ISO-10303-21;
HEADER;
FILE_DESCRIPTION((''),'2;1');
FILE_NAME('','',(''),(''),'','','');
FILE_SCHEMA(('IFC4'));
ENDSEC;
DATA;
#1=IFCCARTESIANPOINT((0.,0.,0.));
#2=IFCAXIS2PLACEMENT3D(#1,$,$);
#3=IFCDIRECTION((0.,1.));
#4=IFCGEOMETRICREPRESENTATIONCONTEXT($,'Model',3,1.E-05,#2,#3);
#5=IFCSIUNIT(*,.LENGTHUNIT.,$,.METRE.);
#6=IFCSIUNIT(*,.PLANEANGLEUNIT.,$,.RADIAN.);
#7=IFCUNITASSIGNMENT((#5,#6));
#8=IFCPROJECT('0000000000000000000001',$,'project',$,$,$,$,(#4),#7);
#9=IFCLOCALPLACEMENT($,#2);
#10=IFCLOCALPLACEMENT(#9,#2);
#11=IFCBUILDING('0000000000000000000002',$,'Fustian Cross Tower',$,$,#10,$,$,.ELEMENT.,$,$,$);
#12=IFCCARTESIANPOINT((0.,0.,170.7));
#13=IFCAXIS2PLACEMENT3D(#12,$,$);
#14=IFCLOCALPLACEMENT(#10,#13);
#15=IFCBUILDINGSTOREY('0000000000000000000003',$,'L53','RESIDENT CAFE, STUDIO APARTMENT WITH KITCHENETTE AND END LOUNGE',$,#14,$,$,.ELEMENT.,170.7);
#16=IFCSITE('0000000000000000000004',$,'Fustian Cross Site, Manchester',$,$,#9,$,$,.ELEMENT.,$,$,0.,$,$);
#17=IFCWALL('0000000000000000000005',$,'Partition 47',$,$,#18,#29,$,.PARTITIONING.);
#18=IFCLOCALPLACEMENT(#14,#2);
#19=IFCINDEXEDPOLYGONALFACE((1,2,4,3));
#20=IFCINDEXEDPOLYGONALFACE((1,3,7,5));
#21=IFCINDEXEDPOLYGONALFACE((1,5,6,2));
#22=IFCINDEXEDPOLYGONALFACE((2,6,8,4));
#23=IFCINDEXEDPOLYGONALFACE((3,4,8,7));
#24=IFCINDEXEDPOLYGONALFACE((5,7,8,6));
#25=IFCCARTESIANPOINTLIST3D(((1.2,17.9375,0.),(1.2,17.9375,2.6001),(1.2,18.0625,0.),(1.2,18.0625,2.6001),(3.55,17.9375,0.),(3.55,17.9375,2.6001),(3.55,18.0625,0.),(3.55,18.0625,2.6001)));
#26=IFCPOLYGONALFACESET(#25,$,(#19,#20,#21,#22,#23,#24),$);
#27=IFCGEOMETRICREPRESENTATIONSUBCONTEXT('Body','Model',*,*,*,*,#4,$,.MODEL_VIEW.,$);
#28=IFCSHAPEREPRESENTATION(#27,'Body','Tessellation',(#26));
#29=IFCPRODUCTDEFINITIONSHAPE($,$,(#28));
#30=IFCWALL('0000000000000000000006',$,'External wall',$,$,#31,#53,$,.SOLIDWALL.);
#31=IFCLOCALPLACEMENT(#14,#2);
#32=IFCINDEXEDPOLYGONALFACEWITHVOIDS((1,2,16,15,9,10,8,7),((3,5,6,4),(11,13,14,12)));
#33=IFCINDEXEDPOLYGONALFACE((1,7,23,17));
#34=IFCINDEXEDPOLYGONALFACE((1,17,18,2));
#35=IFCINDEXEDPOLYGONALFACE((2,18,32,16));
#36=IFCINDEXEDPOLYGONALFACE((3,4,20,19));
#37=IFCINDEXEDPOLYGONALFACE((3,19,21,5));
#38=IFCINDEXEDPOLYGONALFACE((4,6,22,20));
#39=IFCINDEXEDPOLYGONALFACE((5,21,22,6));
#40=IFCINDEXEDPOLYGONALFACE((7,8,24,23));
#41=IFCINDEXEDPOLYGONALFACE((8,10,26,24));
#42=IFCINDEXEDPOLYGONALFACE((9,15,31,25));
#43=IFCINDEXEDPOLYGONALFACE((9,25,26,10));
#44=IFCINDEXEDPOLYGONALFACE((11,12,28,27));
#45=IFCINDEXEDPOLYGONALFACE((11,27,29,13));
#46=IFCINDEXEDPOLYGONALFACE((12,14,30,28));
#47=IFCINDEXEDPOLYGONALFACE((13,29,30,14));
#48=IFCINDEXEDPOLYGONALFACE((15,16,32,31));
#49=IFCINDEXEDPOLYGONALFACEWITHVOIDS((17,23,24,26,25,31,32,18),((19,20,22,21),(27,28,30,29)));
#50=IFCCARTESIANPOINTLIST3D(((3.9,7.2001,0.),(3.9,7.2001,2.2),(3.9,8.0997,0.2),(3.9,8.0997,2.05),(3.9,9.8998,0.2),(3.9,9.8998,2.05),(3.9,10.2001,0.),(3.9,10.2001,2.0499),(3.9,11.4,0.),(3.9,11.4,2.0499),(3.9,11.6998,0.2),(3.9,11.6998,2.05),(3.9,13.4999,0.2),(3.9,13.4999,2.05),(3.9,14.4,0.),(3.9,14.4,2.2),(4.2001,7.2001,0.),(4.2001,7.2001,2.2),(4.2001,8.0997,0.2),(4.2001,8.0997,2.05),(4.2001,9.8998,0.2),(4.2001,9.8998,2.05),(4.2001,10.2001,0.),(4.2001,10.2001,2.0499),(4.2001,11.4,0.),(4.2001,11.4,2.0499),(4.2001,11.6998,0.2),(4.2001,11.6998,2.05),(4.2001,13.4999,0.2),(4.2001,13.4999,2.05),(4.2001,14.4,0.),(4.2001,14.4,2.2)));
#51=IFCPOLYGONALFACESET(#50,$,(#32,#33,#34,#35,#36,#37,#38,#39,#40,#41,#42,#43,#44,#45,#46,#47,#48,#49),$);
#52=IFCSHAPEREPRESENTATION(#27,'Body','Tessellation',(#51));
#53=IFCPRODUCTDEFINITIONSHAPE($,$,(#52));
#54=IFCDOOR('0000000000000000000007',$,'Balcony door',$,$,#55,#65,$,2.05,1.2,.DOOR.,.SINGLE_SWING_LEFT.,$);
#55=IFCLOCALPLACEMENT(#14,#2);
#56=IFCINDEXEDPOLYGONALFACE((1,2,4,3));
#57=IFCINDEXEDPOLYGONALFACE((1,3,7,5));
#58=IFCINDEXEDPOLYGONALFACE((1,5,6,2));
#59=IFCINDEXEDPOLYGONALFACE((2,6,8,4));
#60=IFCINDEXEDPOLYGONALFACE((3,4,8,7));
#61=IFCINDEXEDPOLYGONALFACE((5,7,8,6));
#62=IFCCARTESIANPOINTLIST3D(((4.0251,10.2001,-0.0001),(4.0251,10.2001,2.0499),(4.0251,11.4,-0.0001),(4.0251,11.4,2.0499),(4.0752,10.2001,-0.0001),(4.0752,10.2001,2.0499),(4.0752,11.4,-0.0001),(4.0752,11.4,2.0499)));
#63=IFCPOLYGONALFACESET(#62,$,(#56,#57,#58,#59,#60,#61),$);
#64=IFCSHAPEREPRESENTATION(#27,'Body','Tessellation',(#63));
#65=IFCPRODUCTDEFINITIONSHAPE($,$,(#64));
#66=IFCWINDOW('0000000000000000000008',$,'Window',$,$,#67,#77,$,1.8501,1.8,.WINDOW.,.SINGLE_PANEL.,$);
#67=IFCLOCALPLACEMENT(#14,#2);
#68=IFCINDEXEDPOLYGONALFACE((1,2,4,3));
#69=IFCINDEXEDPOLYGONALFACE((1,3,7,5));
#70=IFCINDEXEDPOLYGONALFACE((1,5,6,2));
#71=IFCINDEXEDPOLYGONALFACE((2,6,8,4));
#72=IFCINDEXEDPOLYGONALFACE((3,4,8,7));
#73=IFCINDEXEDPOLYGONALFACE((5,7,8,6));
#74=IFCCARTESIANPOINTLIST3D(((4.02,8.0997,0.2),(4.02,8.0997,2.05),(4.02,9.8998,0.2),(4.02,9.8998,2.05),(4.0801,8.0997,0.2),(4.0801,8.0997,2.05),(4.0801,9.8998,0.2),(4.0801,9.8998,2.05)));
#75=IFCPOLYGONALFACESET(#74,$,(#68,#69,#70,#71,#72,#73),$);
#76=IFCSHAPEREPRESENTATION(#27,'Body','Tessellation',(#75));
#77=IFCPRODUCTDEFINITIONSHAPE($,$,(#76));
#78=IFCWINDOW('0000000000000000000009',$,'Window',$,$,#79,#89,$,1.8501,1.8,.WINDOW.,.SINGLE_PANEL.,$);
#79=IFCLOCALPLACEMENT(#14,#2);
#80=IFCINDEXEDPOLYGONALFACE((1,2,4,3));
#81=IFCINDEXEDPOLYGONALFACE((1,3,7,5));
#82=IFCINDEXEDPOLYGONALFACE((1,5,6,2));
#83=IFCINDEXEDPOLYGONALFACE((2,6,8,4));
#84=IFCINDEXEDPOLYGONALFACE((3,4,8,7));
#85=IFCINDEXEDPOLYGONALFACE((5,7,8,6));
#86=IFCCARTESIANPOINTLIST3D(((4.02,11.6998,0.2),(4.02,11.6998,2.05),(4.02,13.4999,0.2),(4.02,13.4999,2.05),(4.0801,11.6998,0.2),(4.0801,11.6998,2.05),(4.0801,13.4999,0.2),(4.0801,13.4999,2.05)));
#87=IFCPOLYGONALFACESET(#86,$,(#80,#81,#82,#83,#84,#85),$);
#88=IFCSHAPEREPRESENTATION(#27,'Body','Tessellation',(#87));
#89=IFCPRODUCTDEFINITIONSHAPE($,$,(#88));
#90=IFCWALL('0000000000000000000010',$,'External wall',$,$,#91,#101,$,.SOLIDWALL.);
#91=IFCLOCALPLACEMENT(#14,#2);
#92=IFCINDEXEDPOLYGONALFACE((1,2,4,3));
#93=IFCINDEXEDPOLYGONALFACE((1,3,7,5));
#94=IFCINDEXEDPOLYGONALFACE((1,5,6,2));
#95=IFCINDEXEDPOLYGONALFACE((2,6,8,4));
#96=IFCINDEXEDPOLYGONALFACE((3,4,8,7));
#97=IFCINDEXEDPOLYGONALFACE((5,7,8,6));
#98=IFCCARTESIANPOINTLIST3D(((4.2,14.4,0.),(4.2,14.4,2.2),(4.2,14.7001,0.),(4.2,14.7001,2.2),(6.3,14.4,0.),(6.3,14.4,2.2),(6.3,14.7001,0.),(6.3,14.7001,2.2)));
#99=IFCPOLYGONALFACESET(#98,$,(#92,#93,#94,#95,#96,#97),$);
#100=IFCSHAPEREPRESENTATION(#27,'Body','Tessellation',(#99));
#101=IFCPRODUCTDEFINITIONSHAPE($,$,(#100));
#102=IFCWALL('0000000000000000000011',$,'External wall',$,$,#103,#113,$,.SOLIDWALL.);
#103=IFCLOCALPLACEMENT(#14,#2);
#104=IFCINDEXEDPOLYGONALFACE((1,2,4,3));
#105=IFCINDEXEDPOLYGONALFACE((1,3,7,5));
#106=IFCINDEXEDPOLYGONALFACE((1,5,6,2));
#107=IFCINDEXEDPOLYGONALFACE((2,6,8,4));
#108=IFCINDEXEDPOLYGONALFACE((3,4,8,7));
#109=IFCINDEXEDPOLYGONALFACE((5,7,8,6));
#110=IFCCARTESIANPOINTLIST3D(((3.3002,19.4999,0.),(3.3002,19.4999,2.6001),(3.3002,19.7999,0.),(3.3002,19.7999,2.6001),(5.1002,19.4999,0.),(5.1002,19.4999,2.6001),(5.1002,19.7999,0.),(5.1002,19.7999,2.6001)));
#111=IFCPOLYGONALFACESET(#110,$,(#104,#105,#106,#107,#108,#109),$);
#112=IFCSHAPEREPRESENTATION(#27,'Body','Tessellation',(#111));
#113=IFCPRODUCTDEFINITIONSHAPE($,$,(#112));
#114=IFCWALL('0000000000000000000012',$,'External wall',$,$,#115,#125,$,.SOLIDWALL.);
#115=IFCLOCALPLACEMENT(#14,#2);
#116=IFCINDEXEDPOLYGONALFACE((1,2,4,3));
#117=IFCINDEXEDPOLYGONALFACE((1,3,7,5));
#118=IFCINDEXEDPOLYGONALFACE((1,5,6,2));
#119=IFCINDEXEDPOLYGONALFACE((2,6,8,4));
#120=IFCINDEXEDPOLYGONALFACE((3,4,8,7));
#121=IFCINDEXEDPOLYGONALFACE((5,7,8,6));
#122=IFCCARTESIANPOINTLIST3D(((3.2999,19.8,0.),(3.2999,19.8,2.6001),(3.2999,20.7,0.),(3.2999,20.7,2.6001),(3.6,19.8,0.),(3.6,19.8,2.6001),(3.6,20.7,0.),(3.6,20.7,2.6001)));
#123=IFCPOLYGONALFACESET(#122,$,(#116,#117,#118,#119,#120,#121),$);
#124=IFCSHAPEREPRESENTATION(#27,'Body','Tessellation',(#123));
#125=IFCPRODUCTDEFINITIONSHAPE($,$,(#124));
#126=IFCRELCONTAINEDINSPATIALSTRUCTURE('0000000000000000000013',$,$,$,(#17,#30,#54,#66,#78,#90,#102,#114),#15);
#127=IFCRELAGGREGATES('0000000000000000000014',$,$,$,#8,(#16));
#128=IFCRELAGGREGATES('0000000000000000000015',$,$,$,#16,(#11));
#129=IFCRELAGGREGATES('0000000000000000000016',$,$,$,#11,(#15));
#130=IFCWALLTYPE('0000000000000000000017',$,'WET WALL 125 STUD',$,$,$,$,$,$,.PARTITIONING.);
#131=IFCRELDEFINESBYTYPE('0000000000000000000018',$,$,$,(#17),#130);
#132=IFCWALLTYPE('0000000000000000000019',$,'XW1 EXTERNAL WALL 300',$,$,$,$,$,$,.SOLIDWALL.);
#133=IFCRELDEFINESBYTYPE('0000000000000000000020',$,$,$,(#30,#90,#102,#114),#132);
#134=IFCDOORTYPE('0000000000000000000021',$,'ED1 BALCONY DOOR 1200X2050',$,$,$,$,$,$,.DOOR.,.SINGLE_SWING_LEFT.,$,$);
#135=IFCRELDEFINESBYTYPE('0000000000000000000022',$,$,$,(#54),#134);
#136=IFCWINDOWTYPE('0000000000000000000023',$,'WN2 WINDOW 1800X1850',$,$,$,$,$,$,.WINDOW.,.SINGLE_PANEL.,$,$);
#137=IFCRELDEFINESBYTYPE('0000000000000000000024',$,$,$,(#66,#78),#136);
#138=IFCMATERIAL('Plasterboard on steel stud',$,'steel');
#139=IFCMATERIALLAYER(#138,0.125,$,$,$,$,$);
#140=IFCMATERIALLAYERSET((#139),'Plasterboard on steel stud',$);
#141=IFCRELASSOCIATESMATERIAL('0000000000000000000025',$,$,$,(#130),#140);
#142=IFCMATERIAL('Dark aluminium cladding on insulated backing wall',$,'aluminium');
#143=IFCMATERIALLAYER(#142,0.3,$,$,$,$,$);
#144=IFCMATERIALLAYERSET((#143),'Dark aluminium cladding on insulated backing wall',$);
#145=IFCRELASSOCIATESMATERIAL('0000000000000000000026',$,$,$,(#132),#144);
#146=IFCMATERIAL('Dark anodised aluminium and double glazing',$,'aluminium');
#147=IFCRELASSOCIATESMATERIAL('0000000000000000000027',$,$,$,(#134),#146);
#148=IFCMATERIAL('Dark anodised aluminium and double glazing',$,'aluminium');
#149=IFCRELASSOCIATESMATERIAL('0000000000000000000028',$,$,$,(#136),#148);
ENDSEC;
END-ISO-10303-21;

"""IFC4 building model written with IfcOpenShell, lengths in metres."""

from ifc_helpers import new_model, si_unit, direction, frame, frame_2d, origin, place, context, subcontext, project, spatial, rectangle, extrude, material, layer, layer_set, type_object, element, fill, save


model = new_model("IFC4")

# Units and contexts
model_context = context("Model", 3, precision=1e-05, world=origin(), true_north=direction((0.0, 1.0)))
body_context = subcontext(model_context, "Body", "Model", "MODEL_VIEW")
ifc_project = project(units=[si_unit("LENGTHUNIT", "METRE"), si_unit("PLANEANGLEUNIT", "RADIAN")], contexts=[model_context])

# Site, building, storey
site_placement = place(None, origin())
site = spatial("IfcSite", under=ifc_project, at=site_placement, Name="Fustian Cross Site, Manchester", CompositionType="ELEMENT", RefElevation=0.0)
building_placement = place(site_placement, origin())
building = spatial("IfcBuilding", under=site, at=building_placement, Name="Fustian Cross Tower", CompositionType="ELEMENT")
storey_placement = place(building_placement, frame((0.0, 0.0, 170.7)))
storey = spatial("IfcBuildingStorey", under=building, at=storey_placement, Name="L53", Description="RESIDENT CAFE, STUDIO APARTMENT WITH KITCHENETTE AND END LOUNGE", CompositionType="ELEMENT", Elevation=170.7)

# Wall
ifc_material_1 = material(Name="Plasterboard on steel stud", Category="steel")
ifc_layer_1 = layer(ifc_material_1, 0.125)
ifc_layer_set_1 = layer_set([ifc_layer_1], Name="Plasterboard on steel stud")
wall_type_1 = type_object("IfcWallType", Name="WET WALL 125 STUD", PredefinedType="PARTITIONING", material=ifc_layer_set_1)
wall_1_placement = place(storey_placement, frame((1.2, 18.0, 0.0), z_axis=(0.0, 0.0, 1.0), x_axis=(1.0, 0.0, 0.0)))
element("IfcWall", 1, at=wall_1_placement, inside=storey, type_object=wall_type_1, Name="Partition 47", PredefinedType="PARTITIONING", context=body_context, shape_type="SweptSolid", body=[
    extrude(rectangle(XDim=2.3501, YDim=0.125, at=frame_2d((1.175, 0.0))), origin(), (0.0, 0.0, 1.0), 2.6001),
])

# Wall, openings, door, windows
ifc_material_2 = material(Name="Dark aluminium cladding on insulated backing wall", Category="aluminium")
ifc_layer_2 = layer(ifc_material_2, 0.3)
ifc_layer_set_2 = layer_set([ifc_layer_2], Name="Dark aluminium cladding on insulated backing wall")
wall_type_2 = type_object("IfcWallType", Name="XW1 EXTERNAL WALL 300", PredefinedType="SOLIDWALL", material=ifc_layer_set_2)
wall_2_placement = place(storey_placement, frame((4.05, 7.2, 0.0), z_axis=(0.0, 0.0, 1.0), x_axis=(0.0, 1.0, 0.0)))
wall_2 = element("IfcWall", 2, at=wall_2_placement, inside=storey, type_object=wall_type_2, Name="External wall", PredefinedType="SOLIDWALL", context=body_context, shape_type="SweptSolid", body=[
    extrude(rectangle(XDim=7.2, YDim=0.3, at=frame_2d((3.6001, 0.0))), origin(), (0.0, 0.0, 1.0), 2.2),
])
opening_1_placement = place(wall_2_placement, frame((3.0, 0.0, 0.0)))
opening_1 = element("IfcOpeningElement", 3, at=opening_1_placement, cuts=wall_2, PredefinedType="OPENING", context=body_context, shape_type="SweptSolid", body=[
    extrude(rectangle(XDim=1.2, YDim=2.05, at=frame_2d((0.6001, 1.0249))), frame((0.0, 0.1599, 0.0), z_axis=(0.0, -1.0, 0.0), x_axis=(1.0, 0.0, 0.0)), (0.0, 0.0, 1.0), 0.3201),
])
opening_2_placement = place(wall_2_placement, frame((0.8999, 0.0, 0.2)))
opening_2 = element("IfcOpeningElement", 4, at=opening_2_placement, cuts=wall_2, PredefinedType="OPENING", context=body_context, shape_type="SweptSolid", body=[
    extrude(rectangle(XDim=1.8, YDim=1.8501, at=frame_2d((0.8999, 0.925))), frame((0.0, 0.1599, 0.0), z_axis=(0.0, -1.0, 0.0), x_axis=(1.0, 0.0, 0.0)), (0.0, 0.0, 1.0), 0.3201),
])
opening_3_placement = place(wall_2_placement, frame((4.5, 0.0, 0.2)))
opening_3 = element("IfcOpeningElement", 5, at=opening_3_placement, cuts=wall_2, PredefinedType="OPENING", context=body_context, shape_type="SweptSolid", body=[
    extrude(rectangle(XDim=1.8, YDim=1.8501, at=frame_2d((0.8999, 0.925))), frame((0.0, 0.1599, 0.0), z_axis=(0.0, -1.0, 0.0), x_axis=(1.0, 0.0, 0.0)), (0.0, 0.0, 1.0), 0.3201),
])
ifc_material_3 = material(Name="Dark anodised aluminium and double glazing", Category="aluminium")
door_type_1 = type_object("IfcDoorType", Name="ED1 BALCONY DOOR 1200X2050", OperationType="SINGLE_SWING_LEFT", PredefinedType="DOOR", material=ifc_material_3)
door_1_placement = place(opening_1_placement, origin())
door_1 = element("IfcDoor", 6, at=door_1_placement, inside=storey, type_object=door_type_1, Name="Balcony door", OperationType="SINGLE_SWING_LEFT", OverallHeight=2.05, OverallWidth=1.2, PredefinedType="DOOR", context=body_context, shape_type="SweptSolid", body=[
    extrude(rectangle(XDim=1.2, YDim=2.05, at=frame_2d((0.6001, 1.0249))), frame((0.0, 0.0249, 0.0), z_axis=(0.0, -1.0, 0.0), x_axis=(1.0, 0.0, 0.0)), (0.0, 0.0, 1.0), 0.05),
])
fill(opening_1, door_1)
ifc_material_4 = material(Name="Dark anodised aluminium and double glazing", Category="aluminium")
window_type_1 = type_object("IfcWindowType", Name="WN2 WINDOW 1800X1850", PartitioningType="SINGLE_PANEL", PredefinedType="WINDOW", material=ifc_material_4)
window_1_placement = place(opening_2_placement, origin())
window_1 = element("IfcWindow", 7, at=window_1_placement, inside=storey, type_object=window_type_1, Name="Window", OverallHeight=1.8501, OverallWidth=1.8, PartitioningType="SINGLE_PANEL", PredefinedType="WINDOW", context=body_context, shape_type="SweptSolid", body=[
    extrude(rectangle(XDim=1.8, YDim=1.8501, at=frame_2d((0.8999, 0.925))), frame((0.0, 0.03, 0.0), z_axis=(0.0, -1.0, 0.0), x_axis=(1.0, 0.0, 0.0)), (0.0, 0.0, 1.0), 0.0601),
])
fill(opening_2, window_1)
window_2_placement = place(opening_3_placement, origin())
window_2 = element("IfcWindow", 8, at=window_2_placement, inside=storey, type_object=window_type_1, Name="Window", OverallHeight=1.8501, OverallWidth=1.8, PartitioningType="SINGLE_PANEL", PredefinedType="WINDOW", context=body_context, shape_type="SweptSolid", body=[
    extrude(rectangle(XDim=1.8, YDim=1.8501, at=frame_2d((0.8999, 0.925))), frame((0.0, 0.03, 0.0), z_axis=(0.0, -1.0, 0.0), x_axis=(1.0, 0.0, 0.0)), (0.0, 0.0, 1.0), 0.0601),
])
fill(opening_3, window_2)

# Walls
wall_3_placement = place(storey_placement, frame((4.2, 14.55, 0.0), z_axis=(0.0, 0.0, 1.0), x_axis=(1.0, 0.0, 0.0)))
element("IfcWall", 9, at=wall_3_placement, inside=storey, type_object=wall_type_2, Name="External wall", PredefinedType="SOLIDWALL", context=body_context, shape_type="SweptSolid", body=[
    extrude(rectangle(XDim=2.1001, YDim=0.3, at=frame_2d((1.05, 0.0))), origin(), (0.0, 0.0, 1.0), 2.2),
])
wall_4_placement = place(storey_placement, frame((5.1001, 19.6499, 0.0), z_axis=(0.0, 0.0, 1.0), x_axis=(-1.0, 0.0, 0.0)))
element("IfcWall", 10, at=wall_4_placement, inside=storey, type_object=wall_type_2, Name="External wall", PredefinedType="SOLIDWALL", context=body_context, shape_type="SweptSolid", body=[
    extrude(rectangle(XDim=1.8, YDim=0.3, at=frame_2d((0.8999, 0.0))), origin(), (0.0, 0.0, 1.0), 2.6001),
])
wall_5_placement = place(storey_placement, frame((3.45, 19.8, 0.0), z_axis=(0.0, 0.0, 1.0), x_axis=(0.0, 1.0, 0.0)))
element("IfcWall", 11, at=wall_5_placement, inside=storey, type_object=wall_type_2, Name="External wall", PredefinedType="SOLIDWALL", context=body_context, shape_type="SweptSolid", body=[
    extrude(rectangle(XDim=0.8999, YDim=0.3, at=frame_2d((0.45, 0.0))), origin(), (0.0, 0.0, 1.0), 2.6001),
])

save(model, "model.ifc")
